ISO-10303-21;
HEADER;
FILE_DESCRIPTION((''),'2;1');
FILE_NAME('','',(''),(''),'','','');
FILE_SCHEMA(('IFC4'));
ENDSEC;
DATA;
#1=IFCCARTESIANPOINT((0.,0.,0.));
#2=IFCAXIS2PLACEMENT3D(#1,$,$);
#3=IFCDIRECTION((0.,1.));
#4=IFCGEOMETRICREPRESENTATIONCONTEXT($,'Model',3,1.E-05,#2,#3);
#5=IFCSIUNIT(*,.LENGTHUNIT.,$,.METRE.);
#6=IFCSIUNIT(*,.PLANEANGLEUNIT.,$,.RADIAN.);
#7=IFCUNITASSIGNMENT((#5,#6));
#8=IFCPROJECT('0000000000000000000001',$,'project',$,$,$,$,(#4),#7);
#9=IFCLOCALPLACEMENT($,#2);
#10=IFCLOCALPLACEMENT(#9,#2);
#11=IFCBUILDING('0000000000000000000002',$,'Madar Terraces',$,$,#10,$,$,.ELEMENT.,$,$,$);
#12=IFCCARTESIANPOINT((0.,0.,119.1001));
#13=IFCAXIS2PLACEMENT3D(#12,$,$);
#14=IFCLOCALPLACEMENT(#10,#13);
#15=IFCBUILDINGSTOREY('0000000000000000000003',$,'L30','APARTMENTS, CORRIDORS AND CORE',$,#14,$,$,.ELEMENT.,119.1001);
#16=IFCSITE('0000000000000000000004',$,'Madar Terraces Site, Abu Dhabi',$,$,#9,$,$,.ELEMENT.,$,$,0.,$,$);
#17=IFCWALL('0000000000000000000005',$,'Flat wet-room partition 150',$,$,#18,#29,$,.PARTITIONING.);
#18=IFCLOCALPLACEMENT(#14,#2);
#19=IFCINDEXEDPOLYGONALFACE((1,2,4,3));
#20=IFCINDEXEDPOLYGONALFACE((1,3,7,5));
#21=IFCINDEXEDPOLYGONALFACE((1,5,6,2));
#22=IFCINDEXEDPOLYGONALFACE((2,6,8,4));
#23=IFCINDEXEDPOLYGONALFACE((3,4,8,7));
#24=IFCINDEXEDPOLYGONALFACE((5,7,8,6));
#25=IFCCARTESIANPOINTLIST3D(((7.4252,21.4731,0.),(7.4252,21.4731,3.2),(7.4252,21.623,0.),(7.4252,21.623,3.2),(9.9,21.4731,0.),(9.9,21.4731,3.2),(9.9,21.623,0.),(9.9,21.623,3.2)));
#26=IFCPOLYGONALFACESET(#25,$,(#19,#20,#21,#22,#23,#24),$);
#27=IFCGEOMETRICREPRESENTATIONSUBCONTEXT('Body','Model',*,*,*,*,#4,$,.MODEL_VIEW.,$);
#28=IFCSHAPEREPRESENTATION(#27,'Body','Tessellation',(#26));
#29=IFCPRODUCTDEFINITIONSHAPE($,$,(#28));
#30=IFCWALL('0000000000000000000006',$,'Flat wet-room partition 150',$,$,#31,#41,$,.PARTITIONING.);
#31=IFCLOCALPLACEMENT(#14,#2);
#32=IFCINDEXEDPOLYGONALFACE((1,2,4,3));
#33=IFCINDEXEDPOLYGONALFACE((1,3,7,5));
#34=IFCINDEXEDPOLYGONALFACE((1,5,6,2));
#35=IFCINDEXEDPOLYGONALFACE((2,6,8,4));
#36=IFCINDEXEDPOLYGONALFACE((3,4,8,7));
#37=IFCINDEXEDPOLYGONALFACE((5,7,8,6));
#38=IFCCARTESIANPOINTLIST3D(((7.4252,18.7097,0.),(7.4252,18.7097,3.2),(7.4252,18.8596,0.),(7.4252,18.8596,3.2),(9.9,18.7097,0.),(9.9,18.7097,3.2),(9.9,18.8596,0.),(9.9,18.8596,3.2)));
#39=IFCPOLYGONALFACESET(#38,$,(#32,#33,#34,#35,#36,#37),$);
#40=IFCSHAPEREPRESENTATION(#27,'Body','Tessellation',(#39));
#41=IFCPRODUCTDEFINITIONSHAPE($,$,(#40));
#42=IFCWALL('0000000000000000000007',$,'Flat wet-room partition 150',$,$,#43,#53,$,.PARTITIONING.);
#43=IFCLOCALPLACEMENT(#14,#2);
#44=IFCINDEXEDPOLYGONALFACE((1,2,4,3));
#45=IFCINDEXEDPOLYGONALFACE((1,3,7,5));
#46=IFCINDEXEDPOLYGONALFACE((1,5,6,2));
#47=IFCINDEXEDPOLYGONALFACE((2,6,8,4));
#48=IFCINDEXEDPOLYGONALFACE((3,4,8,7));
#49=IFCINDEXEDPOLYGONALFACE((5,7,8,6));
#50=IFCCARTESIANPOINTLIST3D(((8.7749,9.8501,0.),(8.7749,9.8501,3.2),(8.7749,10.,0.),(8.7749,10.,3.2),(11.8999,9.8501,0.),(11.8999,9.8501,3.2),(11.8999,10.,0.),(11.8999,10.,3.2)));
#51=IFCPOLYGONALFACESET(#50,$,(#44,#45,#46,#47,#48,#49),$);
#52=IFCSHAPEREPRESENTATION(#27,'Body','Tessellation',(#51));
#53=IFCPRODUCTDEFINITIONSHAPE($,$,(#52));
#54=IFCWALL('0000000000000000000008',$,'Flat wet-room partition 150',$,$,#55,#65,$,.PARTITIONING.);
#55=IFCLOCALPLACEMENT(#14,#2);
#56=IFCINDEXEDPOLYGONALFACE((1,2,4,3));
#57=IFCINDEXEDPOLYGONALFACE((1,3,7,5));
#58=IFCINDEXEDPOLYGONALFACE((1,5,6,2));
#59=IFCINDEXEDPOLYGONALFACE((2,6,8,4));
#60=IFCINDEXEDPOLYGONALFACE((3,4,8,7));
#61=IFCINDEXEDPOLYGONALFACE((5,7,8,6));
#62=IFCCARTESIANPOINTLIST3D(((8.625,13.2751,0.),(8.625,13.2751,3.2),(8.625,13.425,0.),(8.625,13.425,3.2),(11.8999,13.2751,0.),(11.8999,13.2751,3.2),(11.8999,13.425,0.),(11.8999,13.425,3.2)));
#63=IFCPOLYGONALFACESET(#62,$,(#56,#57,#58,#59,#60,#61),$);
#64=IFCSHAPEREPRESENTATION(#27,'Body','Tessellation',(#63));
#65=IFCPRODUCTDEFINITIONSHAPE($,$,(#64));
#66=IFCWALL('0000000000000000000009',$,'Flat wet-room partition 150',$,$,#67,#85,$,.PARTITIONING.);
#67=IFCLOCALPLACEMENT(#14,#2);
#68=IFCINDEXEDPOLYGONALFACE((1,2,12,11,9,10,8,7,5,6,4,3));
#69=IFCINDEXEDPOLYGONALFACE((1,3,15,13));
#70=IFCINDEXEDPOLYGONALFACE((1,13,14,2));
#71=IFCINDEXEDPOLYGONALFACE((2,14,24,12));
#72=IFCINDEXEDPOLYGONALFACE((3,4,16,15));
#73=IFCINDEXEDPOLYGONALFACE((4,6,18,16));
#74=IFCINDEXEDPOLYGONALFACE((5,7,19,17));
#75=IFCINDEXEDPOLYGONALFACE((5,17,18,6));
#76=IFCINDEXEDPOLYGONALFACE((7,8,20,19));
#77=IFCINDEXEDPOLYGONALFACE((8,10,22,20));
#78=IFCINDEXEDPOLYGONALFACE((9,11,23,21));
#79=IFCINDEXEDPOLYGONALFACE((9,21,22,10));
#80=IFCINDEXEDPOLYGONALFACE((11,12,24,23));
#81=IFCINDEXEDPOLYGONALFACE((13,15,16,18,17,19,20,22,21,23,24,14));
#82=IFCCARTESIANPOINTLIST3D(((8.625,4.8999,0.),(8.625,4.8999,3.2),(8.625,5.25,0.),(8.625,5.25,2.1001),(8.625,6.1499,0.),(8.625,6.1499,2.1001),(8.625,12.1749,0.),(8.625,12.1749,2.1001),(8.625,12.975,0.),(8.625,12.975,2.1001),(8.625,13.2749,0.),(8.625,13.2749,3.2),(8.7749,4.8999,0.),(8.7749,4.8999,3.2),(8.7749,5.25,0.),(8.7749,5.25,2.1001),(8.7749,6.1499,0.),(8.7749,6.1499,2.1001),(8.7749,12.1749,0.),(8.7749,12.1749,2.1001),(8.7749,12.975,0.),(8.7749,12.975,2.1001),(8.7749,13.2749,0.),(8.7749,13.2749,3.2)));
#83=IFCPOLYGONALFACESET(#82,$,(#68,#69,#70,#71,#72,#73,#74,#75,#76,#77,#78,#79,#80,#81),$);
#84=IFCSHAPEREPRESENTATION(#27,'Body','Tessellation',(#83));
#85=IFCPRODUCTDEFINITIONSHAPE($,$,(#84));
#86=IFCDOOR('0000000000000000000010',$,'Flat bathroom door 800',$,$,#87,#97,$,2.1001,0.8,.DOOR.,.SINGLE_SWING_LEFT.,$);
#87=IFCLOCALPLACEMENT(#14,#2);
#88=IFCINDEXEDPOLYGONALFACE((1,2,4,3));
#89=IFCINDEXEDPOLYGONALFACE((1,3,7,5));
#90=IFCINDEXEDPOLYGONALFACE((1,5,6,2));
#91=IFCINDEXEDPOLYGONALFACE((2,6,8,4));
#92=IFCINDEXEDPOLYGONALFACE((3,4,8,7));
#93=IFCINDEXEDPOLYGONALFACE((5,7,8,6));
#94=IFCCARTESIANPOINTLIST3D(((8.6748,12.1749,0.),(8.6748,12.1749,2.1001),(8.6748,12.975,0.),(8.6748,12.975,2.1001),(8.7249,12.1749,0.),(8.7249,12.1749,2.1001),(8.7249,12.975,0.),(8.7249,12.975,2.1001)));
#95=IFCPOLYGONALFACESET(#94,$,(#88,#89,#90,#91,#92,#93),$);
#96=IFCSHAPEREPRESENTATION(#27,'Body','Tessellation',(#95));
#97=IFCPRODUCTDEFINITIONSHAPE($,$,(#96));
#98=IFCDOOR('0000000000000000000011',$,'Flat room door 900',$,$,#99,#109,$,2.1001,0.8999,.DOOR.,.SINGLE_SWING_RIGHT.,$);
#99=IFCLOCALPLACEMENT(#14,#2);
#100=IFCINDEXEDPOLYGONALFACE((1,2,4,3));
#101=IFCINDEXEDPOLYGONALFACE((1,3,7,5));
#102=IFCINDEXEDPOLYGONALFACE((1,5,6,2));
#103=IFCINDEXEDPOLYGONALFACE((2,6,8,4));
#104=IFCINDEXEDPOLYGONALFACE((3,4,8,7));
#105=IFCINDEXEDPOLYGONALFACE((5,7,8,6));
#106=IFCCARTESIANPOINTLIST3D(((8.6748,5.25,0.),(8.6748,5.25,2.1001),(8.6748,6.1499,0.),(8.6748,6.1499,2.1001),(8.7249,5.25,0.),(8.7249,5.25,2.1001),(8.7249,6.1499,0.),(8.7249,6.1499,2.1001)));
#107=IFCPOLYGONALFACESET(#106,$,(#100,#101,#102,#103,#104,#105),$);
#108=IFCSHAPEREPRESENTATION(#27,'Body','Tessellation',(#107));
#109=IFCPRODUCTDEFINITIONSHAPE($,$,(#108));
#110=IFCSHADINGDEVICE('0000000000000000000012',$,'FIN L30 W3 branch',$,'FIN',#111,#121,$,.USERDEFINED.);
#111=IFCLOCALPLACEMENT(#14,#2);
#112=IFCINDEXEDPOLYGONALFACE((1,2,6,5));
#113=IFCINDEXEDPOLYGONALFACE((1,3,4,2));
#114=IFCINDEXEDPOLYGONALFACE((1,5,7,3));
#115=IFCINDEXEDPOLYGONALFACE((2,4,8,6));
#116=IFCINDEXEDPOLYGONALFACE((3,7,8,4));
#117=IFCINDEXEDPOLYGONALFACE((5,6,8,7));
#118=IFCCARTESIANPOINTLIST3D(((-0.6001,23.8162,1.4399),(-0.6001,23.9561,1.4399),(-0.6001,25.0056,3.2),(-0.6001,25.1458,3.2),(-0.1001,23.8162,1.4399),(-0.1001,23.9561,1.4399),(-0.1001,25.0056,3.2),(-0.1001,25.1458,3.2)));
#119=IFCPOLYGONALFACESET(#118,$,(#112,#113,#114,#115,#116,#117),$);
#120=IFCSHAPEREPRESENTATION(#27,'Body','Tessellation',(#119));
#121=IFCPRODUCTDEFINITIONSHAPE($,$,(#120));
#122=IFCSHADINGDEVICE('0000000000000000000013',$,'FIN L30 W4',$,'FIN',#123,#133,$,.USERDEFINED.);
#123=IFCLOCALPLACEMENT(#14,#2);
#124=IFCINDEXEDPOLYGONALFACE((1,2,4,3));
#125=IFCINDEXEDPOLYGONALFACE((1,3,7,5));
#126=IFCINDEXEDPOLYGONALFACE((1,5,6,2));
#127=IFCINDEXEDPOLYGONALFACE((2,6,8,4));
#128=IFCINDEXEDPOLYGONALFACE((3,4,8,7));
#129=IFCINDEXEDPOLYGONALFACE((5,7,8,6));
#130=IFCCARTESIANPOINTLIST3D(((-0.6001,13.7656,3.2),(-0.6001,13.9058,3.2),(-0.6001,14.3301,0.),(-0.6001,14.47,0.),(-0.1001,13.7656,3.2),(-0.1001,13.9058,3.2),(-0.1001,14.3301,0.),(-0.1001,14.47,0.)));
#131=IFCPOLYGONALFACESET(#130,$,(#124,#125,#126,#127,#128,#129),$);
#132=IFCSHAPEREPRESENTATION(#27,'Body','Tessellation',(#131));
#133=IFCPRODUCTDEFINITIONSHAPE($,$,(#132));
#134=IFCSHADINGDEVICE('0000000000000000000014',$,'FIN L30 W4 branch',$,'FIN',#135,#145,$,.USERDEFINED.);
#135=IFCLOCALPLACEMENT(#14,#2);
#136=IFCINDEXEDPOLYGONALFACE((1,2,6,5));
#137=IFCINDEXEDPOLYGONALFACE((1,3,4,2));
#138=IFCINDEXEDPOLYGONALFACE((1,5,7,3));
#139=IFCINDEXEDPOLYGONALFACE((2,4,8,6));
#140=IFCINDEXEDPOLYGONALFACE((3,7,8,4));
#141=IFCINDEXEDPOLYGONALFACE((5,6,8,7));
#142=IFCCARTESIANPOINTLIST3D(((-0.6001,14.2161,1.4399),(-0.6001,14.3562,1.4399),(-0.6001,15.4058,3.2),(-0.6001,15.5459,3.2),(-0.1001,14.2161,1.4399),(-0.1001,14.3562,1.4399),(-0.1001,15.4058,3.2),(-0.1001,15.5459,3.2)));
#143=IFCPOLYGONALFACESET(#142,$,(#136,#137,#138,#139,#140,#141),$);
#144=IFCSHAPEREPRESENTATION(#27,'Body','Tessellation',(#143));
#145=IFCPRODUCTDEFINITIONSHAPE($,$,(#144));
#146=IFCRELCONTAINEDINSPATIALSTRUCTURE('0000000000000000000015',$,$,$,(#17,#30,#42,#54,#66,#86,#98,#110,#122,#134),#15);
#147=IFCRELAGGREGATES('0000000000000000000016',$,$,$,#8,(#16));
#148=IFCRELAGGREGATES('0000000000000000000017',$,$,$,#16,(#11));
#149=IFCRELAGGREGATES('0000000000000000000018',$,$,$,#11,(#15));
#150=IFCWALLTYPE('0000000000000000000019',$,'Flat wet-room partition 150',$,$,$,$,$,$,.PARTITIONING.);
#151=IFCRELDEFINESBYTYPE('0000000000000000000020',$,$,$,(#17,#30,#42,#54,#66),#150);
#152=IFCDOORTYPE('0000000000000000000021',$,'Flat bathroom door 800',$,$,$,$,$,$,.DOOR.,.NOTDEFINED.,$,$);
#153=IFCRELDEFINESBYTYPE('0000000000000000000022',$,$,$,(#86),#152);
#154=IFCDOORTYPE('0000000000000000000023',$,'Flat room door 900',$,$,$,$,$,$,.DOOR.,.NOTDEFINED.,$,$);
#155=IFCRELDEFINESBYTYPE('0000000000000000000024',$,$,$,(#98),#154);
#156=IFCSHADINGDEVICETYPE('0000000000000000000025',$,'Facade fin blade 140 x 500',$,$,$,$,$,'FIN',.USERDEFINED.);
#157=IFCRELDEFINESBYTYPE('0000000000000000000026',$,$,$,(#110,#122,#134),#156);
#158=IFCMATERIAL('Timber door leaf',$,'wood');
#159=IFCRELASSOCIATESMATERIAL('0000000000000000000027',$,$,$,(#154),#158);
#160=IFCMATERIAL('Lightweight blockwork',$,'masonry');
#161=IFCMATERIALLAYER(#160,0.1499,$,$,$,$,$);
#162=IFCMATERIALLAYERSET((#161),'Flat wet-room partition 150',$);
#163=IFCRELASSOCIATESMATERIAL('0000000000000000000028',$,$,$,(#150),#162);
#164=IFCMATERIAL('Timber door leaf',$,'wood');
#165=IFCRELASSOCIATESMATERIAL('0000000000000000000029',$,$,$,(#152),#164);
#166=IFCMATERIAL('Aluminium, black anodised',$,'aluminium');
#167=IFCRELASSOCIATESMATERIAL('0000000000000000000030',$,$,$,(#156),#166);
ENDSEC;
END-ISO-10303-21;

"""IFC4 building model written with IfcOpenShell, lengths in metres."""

from ifc_helpers import new_model, si_unit, direction, frame, frame_2d, origin, place, context, subcontext, project, spatial, polyline, rectangle, outline, extrude, material, layer, layer_set, type_object, element, fill, save


model = new_model("IFC4")

# Units and contexts
model_context = context("Model", 3, precision=1e-05, world=origin(), true_north=direction((0.0, 1.0)))
body_context = subcontext(model_context, "Body", "Model", "MODEL_VIEW")
ifc_project = project(units=[si_unit("LENGTHUNIT", "METRE"), si_unit("PLANEANGLEUNIT", "RADIAN")], contexts=[model_context])

# Site, building, storey
site_placement = place(None, origin())
site = spatial("IfcSite", under=ifc_project, at=site_placement, Name="Madar Terraces Site, Abu Dhabi", CompositionType="ELEMENT", RefElevation=0.0)
building_placement = place(site_placement, origin())
building = spatial("IfcBuilding", under=site, at=building_placement, Name="Madar Terraces", CompositionType="ELEMENT")
storey_placement = place(building_placement, frame((0.0, 0.0, 119.1001)))
storey = spatial("IfcBuildingStorey", under=building, at=storey_placement, Name="L30", Description="APARTMENTS, CORRIDORS AND CORE", CompositionType="ELEMENT", Elevation=119.1001)

# Shared definitions
ifc_material_1 = material(Name="Timber door leaf", Category="wood")
door_type_1 = type_object("IfcDoorType", Name="Flat room door 900", OperationType="NOTDEFINED", PredefinedType="DOOR", material=ifc_material_1)

# Walls
ifc_material_2 = material(Name="Lightweight blockwork", Category="masonry")
ifc_layer_1 = layer(ifc_material_2, 0.1499)
ifc_layer_set_1 = layer_set([ifc_layer_1], Name="Flat wet-room partition 150")
wall_type_1 = type_object("IfcWallType", Name="Flat wet-room partition 150", PredefinedType="PARTITIONING", material=ifc_layer_set_1)
for number, where, z_axis, x_axis, name in (
    (1, (9.8999, 21.5481, 0.0), (0.0, 0.0, 1.0), (-1.0, 0.0, 0.0), "Flat wet-room partition 150"),
    (2, (9.8999, 18.7847, 0.0), (0.0, 0.0, 1.0), (-1.0, 0.0, 0.0), "Flat wet-room partition 150"),
):
    element("IfcWall", number, at=place(storey_placement, frame(where, z_axis=z_axis, x_axis=x_axis)), inside=storey, type_object=wall_type_1, Name=name, PredefinedType="PARTITIONING", context=body_context, shape_type="SweptSolid", body=[
        extrude(rectangle(XDim=2.4749, YDim=0.1499, at=frame_2d((1.2373, 0.0))), origin(), (0.0, 0.0, 1.0), 3.2),
    ])
wall_1_placement = place(storey_placement, frame((11.8999, 9.925, 0.0), z_axis=(0.0, 0.0, 1.0), x_axis=(-1.0, 0.0, 0.0)))
element("IfcWall", 3, at=wall_1_placement, inside=storey, type_object=wall_type_1, Name="Flat wet-room partition 150", PredefinedType="PARTITIONING", context=body_context, shape_type="SweptSolid", body=[
    extrude(rectangle(XDim=3.125, YDim=0.1499, at=frame_2d((1.5625, 0.0))), origin(), (0.0, 0.0, 1.0), 3.2),
])
wall_2_placement = place(storey_placement, frame((11.8999, 13.3501, 0.0), z_axis=(0.0, 0.0, 1.0), x_axis=(-1.0, 0.0, 0.0)))
element("IfcWall", 4, at=wall_2_placement, inside=storey, type_object=wall_type_1, Name="Flat wet-room partition 150", PredefinedType="PARTITIONING", context=body_context, shape_type="SweptSolid", body=[
    extrude(rectangle(XDim=3.2749, YDim=0.1499, at=frame_2d((1.6375, 0.0))), origin(), (0.0, 0.0, 1.0), 3.2),
])

# Wall, openings, doors
wall_3_placement = place(storey_placement, frame((8.7, 13.2749, 0.0), z_axis=(0.0, 0.0, 1.0), x_axis=(0.0, -1.0, 0.0)))
wall_3 = element("IfcWall", 5, at=wall_3_placement, inside=storey, type_object=wall_type_1, Name="Flat wet-room partition 150", PredefinedType="PARTITIONING", context=body_context, shape_type="SweptSolid", body=[
    extrude(rectangle(XDim=8.375, YDim=0.1499, at=frame_2d((4.1875, 0.0))), origin(), (0.0, 0.0, 1.0), 3.2),
])
opening_1_placement = place(wall_3_placement, frame((0.3, 0.0, 0.0)))
opening_1 = element("IfcOpeningElement", 6, at=opening_1_placement, cuts=wall_3, PredefinedType="OPENING", context=body_context, shape_type="SweptSolid", body=[
    extrude(rectangle(XDim=0.8, YDim=2.1001, at=frame_2d((0.3999, 1.05))), frame((0.0, 0.085, 0.0), z_axis=(0.0, -1.0, 0.0), x_axis=(1.0, 0.0, 0.0)), (0.0, 0.0, 1.0), 0.1699),
])
opening_2_placement = place(wall_3_placement, frame((7.125, 0.0, 0.0)))
opening_2 = element("IfcOpeningElement", 7, at=opening_2_placement, cuts=wall_3, PredefinedType="OPENING", context=body_context, shape_type="SweptSolid", body=[
    extrude(rectangle(XDim=0.8999, YDim=2.1001, at=frame_2d((0.45, 1.05))), frame((0.0, 0.085, 0.0), z_axis=(0.0, -1.0, 0.0), x_axis=(1.0, 0.0, 0.0)), (0.0, 0.0, 1.0), 0.1699),
])
ifc_material_3 = material(Name="Timber door leaf", Category="wood")
door_type_2 = type_object("IfcDoorType", Name="Flat bathroom door 800", OperationType="NOTDEFINED", PredefinedType="DOOR", material=ifc_material_3)
door_1_placement = place(opening_1_placement, origin())
door_1 = element("IfcDoor", 8, at=door_1_placement, inside=storey, type_object=door_type_2, Name="Flat bathroom door 800", OperationType="SINGLE_SWING_LEFT", OverallHeight=2.1001, OverallWidth=0.8, PredefinedType="DOOR", context=body_context, shape_type="SweptSolid", body=[
    extrude(rectangle(XDim=0.8, YDim=2.1001, at=frame_2d((0.3999, 1.05))), frame((0.0, 0.0249, 0.0), z_axis=(0.0, -1.0, 0.0), x_axis=(1.0, 0.0, 0.0)), (0.0, 0.0, 1.0), 0.05),
])
fill(opening_1, door_1)
door_2_placement = place(opening_2_placement, origin())
door_2 = element("IfcDoor", 9, at=door_2_placement, inside=storey, type_object=door_type_1, Name="Flat room door 900", OperationType="SINGLE_SWING_RIGHT", OverallHeight=2.1001, OverallWidth=0.8999, PredefinedType="DOOR", context=body_context, shape_type="SweptSolid", body=[
    extrude(rectangle(XDim=0.8999, YDim=2.1001, at=frame_2d((0.45, 1.05))), frame((0.0, 0.0249, 0.0), z_axis=(0.0, -1.0, 0.0), x_axis=(1.0, 0.0, 0.0)), (0.0, 0.0, 1.0), 0.05),
])
fill(opening_2, door_2)

# Shading devices
ifc_material_4 = material(Name="Aluminium, black anodised", Category="aluminium")
shading_device_type = type_object("IfcShadingDeviceType", Name="Facade fin blade 140 x 500", ElementType="FIN", PredefinedType="USERDEFINED", material=ifc_material_4)
shading_device_1_placement = place(storey_placement, frame((-0.3501, 23.9561, 1.4399), z_axis=(0.0, 0.0, 1.0), x_axis=(0.0, -1.0, 0.0)))
element("IfcShadingDevice", 10, at=shading_device_1_placement, inside=storey, type_object=shading_device_type, Name="FIN L30 W3 branch", ObjectType="FIN", PredefinedType="USERDEFINED", context=body_context, shape_type="SweptSolid", body=[
    extrude(outline(polyline([(0.0, 0.0), (0.1399, 0.0), (-1.0496, 1.76), (-1.1897, 1.76), (0.0, 0.0)])), frame((0.0, 0.25, 0.0), z_axis=(0.0, -1.0, 0.0), x_axis=(1.0, 0.0, 0.0)), (0.0, 0.0, 1.0), 0.5),
])
shading_device_2_placement = place(storey_placement, frame((-0.3501, 14.47, 0.0), z_axis=(0.0, 0.0, 1.0), x_axis=(0.0, -1.0, 0.0)))
element("IfcShadingDevice", 11, at=shading_device_2_placement, inside=storey, type_object=shading_device_type, Name="FIN L30 W4", ObjectType="FIN", PredefinedType="USERDEFINED", context=body_context, shape_type="SweptSolid", body=[
    extrude(outline(polyline([(0.0, 0.0), (0.1399, 0.0), (0.7043, 3.2), (0.5642, 3.2), (0.0, 0.0)])), frame((0.0, 0.25, 0.0), z_axis=(0.0, -1.0, 0.0), x_axis=(1.0, 0.0, 0.0)), (0.0, 0.0, 1.0), 0.5),
])
shading_device_3_placement = place(storey_placement, frame((-0.3501, 14.3562, 1.4399), z_axis=(0.0, 0.0, 1.0), x_axis=(0.0, -1.0, 0.0)))
element("IfcShadingDevice", 12, at=shading_device_3_placement, inside=storey, type_object=shading_device_type, Name="FIN L30 W4 branch", ObjectType="FIN", PredefinedType="USERDEFINED", context=body_context, shape_type="SweptSolid", body=[
    extrude(outline(polyline([(0.0, 0.0), (0.1401, 0.0), (-1.0496, 1.76), (-1.1897, 1.76), (0.0, 0.0)])), frame((0.0, 0.25, 0.0), z_axis=(0.0, -1.0, 0.0), x_axis=(1.0, 0.0, 0.0)), (0.0, 0.0, 1.0), 0.5),
])

save(model, "model.ifc")
